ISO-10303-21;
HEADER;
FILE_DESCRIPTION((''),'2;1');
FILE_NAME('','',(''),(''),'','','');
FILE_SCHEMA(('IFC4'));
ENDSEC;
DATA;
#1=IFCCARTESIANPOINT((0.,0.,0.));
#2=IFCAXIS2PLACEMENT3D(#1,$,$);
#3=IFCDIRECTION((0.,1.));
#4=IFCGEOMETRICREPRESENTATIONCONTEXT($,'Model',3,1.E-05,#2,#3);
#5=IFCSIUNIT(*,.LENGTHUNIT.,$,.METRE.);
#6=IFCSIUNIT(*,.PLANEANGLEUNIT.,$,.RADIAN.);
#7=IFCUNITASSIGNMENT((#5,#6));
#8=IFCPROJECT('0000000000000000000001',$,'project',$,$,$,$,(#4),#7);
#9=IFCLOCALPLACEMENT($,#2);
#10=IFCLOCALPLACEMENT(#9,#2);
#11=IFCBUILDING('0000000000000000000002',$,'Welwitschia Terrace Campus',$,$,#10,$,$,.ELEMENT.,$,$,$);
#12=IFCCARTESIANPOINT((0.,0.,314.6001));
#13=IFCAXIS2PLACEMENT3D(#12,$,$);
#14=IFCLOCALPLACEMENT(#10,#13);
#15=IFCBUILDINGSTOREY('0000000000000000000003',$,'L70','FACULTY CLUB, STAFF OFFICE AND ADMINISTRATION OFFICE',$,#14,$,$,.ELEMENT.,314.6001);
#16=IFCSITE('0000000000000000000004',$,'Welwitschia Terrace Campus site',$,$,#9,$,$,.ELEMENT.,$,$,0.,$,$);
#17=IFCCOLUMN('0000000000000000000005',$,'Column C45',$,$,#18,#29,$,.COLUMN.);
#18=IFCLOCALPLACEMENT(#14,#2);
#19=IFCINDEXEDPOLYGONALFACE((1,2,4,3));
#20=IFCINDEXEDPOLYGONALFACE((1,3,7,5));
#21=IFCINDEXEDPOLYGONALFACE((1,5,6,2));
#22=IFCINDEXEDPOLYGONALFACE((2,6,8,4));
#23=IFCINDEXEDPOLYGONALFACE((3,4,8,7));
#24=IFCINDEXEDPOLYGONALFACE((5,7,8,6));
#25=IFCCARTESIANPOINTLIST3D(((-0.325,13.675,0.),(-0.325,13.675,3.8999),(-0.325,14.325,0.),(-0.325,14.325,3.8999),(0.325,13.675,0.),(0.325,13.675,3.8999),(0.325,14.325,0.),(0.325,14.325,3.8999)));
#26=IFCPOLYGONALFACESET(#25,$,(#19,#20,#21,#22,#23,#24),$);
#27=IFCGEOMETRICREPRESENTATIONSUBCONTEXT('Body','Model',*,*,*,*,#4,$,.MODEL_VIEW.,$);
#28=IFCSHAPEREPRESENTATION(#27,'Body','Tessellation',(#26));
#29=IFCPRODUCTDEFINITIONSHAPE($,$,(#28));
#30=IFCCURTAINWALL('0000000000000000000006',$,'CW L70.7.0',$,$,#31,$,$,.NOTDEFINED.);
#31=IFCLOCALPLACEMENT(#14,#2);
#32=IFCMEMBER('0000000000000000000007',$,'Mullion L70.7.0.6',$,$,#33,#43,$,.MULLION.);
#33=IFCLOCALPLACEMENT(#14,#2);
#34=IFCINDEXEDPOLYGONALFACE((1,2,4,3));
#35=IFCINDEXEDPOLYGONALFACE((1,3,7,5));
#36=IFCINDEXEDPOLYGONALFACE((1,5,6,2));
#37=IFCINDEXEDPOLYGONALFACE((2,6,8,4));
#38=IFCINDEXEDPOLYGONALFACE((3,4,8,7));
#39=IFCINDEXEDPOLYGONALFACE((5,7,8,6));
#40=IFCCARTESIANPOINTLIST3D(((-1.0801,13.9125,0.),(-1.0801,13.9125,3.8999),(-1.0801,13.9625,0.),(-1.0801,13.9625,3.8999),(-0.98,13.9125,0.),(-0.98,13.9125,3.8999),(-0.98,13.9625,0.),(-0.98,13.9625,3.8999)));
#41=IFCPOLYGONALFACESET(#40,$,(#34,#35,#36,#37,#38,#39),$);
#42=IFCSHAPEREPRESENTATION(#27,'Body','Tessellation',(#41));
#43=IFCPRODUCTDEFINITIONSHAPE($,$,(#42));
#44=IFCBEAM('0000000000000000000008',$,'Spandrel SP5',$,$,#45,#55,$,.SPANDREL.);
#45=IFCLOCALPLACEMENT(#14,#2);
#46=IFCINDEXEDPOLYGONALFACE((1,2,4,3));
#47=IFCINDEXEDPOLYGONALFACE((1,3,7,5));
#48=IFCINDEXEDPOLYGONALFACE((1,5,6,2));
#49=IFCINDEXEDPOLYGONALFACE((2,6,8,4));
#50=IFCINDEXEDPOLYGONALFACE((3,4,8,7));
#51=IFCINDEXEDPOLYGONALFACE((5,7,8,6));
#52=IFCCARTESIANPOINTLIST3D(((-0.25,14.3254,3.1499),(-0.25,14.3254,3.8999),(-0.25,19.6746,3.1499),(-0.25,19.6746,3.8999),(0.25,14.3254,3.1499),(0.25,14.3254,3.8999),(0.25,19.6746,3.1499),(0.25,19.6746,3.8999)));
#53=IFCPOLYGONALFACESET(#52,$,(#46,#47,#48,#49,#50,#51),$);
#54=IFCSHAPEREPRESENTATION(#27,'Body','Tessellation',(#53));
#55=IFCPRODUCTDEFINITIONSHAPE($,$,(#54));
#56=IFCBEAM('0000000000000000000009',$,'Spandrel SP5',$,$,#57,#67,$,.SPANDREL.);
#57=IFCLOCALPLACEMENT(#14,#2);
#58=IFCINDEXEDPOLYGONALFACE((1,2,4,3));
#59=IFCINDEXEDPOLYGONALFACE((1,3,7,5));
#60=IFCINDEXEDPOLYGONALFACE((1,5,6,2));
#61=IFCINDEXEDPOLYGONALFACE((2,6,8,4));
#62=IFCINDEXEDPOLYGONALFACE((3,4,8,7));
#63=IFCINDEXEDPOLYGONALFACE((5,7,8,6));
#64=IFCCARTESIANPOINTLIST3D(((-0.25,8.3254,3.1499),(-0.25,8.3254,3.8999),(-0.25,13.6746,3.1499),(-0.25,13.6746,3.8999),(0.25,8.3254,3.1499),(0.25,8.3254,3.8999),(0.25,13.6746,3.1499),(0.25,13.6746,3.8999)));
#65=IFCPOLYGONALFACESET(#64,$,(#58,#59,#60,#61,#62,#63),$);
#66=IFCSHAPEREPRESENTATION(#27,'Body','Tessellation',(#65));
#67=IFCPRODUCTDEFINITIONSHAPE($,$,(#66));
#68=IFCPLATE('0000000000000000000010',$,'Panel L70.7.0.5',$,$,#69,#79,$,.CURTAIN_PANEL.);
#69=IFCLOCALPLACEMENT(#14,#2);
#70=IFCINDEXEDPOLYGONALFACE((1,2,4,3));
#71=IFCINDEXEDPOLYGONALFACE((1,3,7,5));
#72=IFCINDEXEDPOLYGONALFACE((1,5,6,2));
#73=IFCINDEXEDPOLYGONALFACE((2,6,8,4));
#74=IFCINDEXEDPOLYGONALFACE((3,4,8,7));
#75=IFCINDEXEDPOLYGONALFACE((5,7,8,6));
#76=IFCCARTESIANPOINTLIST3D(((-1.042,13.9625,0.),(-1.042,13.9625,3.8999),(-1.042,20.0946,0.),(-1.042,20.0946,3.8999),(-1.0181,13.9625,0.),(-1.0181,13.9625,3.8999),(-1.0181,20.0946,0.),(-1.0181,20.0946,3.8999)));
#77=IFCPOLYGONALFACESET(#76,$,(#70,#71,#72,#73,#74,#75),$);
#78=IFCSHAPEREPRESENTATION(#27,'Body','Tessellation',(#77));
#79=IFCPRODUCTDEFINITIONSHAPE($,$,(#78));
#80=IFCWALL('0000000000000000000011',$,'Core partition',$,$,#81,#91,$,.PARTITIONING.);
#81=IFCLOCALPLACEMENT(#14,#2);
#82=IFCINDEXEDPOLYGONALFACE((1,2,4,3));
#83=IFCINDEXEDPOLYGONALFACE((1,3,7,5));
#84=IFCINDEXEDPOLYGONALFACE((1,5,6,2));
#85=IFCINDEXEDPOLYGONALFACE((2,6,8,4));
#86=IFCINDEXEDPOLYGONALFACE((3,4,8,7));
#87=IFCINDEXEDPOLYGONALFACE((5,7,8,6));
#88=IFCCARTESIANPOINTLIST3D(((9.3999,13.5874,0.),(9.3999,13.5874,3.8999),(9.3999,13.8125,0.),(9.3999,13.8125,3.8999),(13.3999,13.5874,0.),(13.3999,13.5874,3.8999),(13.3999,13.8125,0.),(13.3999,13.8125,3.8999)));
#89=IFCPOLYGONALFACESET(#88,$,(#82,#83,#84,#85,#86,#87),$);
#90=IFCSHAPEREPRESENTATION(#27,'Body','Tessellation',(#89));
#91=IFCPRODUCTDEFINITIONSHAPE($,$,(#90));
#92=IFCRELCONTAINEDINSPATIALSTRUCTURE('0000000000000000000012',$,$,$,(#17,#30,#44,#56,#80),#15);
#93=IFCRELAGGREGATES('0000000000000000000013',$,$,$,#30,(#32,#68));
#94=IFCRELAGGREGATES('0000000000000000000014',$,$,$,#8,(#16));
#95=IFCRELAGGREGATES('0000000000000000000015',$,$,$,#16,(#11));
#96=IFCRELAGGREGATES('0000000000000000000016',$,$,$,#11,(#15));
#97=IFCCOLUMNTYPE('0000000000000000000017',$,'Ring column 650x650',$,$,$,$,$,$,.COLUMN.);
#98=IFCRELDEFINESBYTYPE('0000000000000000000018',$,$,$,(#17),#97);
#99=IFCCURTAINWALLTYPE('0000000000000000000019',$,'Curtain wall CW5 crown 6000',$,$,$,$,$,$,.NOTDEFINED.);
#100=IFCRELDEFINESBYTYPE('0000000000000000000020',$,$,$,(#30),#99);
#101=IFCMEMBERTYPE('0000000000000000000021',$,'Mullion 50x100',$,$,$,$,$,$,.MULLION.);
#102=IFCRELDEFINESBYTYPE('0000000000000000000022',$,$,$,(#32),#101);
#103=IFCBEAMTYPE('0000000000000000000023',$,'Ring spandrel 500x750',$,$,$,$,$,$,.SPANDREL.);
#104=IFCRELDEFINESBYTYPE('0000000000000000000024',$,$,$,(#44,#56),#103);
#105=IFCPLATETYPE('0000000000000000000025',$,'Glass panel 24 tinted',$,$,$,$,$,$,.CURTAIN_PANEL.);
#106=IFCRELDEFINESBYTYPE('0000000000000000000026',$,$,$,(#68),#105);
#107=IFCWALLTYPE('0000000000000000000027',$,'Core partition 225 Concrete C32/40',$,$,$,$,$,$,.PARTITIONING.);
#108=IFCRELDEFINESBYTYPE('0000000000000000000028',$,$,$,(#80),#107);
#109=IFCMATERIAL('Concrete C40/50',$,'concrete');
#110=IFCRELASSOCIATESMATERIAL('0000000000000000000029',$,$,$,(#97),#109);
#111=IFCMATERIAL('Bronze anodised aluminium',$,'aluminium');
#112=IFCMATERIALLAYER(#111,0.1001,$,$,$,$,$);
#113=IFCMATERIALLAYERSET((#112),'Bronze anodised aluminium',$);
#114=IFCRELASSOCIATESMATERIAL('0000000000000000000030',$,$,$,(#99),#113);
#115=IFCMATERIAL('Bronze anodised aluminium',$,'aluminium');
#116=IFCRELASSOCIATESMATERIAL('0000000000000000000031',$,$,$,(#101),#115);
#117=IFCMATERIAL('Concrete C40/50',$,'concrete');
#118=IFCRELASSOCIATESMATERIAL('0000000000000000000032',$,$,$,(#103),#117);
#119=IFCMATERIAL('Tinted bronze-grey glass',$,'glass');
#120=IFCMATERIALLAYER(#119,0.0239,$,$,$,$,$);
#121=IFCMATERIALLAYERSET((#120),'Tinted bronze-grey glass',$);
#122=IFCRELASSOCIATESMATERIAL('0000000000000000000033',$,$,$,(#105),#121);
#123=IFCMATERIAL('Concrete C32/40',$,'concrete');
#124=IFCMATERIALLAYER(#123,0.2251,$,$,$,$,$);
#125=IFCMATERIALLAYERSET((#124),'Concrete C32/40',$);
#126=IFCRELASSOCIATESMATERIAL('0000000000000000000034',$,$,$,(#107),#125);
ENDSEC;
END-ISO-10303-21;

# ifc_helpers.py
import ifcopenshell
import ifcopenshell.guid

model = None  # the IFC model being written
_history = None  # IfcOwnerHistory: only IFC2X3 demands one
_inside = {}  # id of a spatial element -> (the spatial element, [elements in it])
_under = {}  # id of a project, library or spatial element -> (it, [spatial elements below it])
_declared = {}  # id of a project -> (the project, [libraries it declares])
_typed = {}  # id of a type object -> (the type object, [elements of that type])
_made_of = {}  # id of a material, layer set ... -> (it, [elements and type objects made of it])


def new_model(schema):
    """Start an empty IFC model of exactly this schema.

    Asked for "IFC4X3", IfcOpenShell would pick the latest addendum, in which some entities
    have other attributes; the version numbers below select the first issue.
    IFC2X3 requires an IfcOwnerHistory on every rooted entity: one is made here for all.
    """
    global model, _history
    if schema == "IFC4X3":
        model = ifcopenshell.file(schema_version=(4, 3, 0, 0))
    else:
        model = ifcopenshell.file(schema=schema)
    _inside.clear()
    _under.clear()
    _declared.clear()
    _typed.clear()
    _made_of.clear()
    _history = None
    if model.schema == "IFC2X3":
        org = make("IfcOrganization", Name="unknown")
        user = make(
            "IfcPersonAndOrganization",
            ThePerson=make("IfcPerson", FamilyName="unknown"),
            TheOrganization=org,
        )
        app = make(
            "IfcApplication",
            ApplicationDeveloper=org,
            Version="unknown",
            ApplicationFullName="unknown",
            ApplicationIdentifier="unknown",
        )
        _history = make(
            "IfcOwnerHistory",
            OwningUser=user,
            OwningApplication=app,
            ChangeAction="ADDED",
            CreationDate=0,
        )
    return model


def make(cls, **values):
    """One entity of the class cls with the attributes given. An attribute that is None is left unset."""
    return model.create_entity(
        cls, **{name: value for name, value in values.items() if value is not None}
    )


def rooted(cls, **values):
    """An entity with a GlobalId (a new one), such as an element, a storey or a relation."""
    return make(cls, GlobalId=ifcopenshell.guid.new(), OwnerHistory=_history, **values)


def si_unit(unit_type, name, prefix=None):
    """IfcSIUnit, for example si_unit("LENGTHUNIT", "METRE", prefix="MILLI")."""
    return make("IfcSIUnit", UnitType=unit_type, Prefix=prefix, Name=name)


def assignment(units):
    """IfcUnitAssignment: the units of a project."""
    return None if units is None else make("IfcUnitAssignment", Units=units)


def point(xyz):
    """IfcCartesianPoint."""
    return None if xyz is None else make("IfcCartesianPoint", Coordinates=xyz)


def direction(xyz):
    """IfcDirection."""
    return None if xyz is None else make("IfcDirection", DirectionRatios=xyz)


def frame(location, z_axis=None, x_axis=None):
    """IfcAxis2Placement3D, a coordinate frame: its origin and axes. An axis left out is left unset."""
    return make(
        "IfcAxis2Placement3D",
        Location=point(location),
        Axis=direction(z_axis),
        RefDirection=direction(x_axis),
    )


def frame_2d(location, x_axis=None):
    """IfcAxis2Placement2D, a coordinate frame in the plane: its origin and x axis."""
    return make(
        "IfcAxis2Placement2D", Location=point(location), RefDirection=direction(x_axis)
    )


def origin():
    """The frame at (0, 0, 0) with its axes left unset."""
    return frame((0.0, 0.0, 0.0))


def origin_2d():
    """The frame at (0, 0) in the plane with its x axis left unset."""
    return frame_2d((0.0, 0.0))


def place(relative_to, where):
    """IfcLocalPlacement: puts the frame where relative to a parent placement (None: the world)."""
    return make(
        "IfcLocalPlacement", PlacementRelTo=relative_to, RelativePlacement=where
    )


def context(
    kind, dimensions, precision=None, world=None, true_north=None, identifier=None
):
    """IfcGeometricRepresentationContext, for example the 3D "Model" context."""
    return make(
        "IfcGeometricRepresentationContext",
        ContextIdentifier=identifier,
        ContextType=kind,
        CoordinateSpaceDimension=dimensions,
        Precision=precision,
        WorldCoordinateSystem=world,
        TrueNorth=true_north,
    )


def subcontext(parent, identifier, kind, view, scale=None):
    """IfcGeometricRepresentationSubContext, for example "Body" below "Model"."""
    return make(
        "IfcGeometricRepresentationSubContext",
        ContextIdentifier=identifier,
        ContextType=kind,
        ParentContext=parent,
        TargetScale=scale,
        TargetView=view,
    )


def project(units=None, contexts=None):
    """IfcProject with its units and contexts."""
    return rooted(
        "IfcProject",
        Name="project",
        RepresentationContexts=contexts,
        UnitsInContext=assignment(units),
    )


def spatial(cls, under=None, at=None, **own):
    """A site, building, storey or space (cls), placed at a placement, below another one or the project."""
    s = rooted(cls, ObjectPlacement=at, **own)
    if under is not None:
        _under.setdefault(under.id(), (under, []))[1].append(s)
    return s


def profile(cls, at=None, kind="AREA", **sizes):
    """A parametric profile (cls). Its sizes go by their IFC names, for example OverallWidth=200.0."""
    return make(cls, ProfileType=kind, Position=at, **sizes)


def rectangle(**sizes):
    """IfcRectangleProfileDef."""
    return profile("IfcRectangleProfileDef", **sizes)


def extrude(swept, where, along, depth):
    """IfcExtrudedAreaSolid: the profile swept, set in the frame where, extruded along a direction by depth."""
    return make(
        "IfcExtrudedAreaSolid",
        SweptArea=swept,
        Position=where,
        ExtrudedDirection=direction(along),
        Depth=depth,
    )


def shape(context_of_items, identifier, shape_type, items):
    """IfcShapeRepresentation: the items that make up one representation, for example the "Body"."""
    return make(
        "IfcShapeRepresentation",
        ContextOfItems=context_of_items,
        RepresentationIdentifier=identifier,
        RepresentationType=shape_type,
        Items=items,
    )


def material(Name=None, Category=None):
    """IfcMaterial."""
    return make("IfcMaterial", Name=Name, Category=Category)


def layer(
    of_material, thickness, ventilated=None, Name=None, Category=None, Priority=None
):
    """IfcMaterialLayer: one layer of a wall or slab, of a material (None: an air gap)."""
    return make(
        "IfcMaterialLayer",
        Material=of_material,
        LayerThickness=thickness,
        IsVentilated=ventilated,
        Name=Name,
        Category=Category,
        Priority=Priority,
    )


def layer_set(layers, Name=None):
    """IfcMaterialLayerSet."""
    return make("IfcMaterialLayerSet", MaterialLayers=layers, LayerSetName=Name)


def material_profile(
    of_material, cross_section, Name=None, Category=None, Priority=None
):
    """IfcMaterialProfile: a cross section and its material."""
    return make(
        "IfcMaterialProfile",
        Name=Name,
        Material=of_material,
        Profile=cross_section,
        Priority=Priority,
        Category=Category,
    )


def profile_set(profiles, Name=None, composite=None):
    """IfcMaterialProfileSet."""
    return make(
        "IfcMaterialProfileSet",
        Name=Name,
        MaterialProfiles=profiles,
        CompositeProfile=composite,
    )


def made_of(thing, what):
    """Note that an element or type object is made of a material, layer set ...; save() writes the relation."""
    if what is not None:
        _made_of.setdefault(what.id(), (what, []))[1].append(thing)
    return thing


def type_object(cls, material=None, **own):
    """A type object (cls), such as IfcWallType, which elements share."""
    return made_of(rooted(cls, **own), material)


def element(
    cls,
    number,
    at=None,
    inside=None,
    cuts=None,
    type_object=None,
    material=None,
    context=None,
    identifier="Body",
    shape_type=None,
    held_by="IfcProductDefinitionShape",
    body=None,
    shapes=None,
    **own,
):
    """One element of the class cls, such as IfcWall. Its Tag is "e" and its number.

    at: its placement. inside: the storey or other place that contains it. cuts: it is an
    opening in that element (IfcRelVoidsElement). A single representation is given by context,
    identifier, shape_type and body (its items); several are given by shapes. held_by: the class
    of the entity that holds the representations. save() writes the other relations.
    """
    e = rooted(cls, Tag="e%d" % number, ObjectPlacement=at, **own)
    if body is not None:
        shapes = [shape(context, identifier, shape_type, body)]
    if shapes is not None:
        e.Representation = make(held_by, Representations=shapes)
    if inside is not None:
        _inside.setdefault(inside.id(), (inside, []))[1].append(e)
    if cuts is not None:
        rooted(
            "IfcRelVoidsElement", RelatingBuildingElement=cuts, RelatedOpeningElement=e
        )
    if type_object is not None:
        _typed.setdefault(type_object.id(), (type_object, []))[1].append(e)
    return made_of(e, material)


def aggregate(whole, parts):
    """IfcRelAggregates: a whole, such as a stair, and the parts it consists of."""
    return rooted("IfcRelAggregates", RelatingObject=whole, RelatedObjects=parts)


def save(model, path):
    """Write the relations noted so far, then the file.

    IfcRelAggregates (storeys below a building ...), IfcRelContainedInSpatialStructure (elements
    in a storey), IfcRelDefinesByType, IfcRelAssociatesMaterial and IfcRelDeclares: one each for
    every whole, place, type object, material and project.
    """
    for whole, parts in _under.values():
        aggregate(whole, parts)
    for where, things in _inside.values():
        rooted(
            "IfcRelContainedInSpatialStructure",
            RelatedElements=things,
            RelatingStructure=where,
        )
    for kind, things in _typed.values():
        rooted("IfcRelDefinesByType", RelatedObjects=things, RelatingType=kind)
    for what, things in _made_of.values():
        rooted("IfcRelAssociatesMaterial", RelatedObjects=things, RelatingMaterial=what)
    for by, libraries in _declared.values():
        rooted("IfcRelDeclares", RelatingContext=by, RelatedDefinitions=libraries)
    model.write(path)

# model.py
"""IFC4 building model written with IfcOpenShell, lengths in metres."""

from ifc_helpers import new_model, si_unit, direction, frame, frame_2d, origin, origin_2d, place, context, subcontext, project, spatial, rectangle, extrude, material, layer, layer_set, material_profile, profile_set, type_object, element, aggregate, save


model = new_model("IFC4")

# Units and contexts
model_context = context("Model", 3, precision=1e-05, world=origin(), true_north=direction((0.0, 1.0)))
body_context = subcontext(model_context, "Body", "Model", "MODEL_VIEW")
ifc_project = project(units=[si_unit("LENGTHUNIT", "METRE"), si_unit("PLANEANGLEUNIT", "RADIAN")], contexts=[model_context])

# Site, building, storey
site_placement = place(None, origin())
site = spatial("IfcSite", under=ifc_project, at=site_placement, Name="Welwitschia Terrace Campus site", CompositionType="ELEMENT", RefElevation=0.0)
building_placement = place(site_placement, origin())
building = spatial("IfcBuilding", under=site, at=building_placement, Name="Welwitschia Terrace Campus", CompositionType="ELEMENT")
storey_placement = place(building_placement, frame((0.0, 0.0, 314.6001)))
storey = spatial("IfcBuildingStorey", under=building, at=storey_placement, Name="L70", Description="FACULTY CLUB, STAFF OFFICE AND ADMINISTRATION OFFICE", CompositionType="ELEMENT", Elevation=314.6001)

# Column
ifc_material_1 = material(Name="Concrete C40/50", Category="concrete")
ifc_material_profile_1 = material_profile(ifc_material_1, rectangle(XDim=0.6499, YDim=0.6499, at=origin_2d()))
ifc_profile_set_1 = profile_set([ifc_material_profile_1], Name="Concrete C40/50")
column_type = type_object("IfcColumnType", Name="Ring column 650x650", PredefinedType="COLUMN", material=ifc_profile_set_1)
column_placement = place(storey_placement, frame((0.0, 14.0, 0.0), z_axis=(0.0, 0.0, 1.0), x_axis=(1.0, 0.0, 0.0)))
element("IfcColumn", 1, at=column_placement, inside=storey, type_object=column_type, Name="Column C45", PredefinedType="COLUMN", context=body_context, shape_type="SweptSolid", body=[
    extrude(rectangle(XDim=0.6499, YDim=0.6499, at=origin_2d()), origin(), (0.0, 0.0, 1.0), 3.8999),
])

# Curtain wall, member
ifc_material_2 = material(Name="Bronze anodised aluminium", Category="aluminium")
ifc_layer_1 = layer(ifc_material_2, 0.1001)
ifc_layer_set_1 = layer_set([ifc_layer_1], Name="Bronze anodised aluminium")
curtain_wall_type = type_object("IfcCurtainWallType", Name="Curtain wall CW5 crown 6000", PredefinedType="NOTDEFINED", material=ifc_layer_set_1)
curtain_wall_placement = place(storey_placement, origin())
curtain_wall = element("IfcCurtainWall", 2, at=curtain_wall_placement, inside=storey, type_object=curtain_wall_type, Name="CW L70.7.0", PredefinedType="NOTDEFINED")
ifc_material_3 = material(Name="Bronze anodised aluminium", Category="aluminium")
ifc_material_profile_2 = material_profile(ifc_material_3, rectangle(XDim=0.1001, YDim=0.05, at=origin_2d()))
ifc_profile_set_2 = profile_set([ifc_material_profile_2], Name="Bronze anodised aluminium")
member_type = type_object("IfcMemberType", Name="Mullion 50x100", PredefinedType="MULLION", material=ifc_profile_set_2)
member_placement = place(storey_placement, frame((-1.03, 13.9375, 0.0), z_axis=(0.0, 0.0, 1.0), x_axis=(1.0, 0.0, 0.0)))
member = element("IfcMember", 3, at=member_placement, type_object=member_type, Name="Mullion L70.7.0.6", PredefinedType="MULLION", context=body_context, shape_type="SweptSolid", body=[
    extrude(rectangle(XDim=0.1001, YDim=0.05, at=origin_2d()), origin(), (0.0, 0.0, 1.0), 3.8999),
])

# Beams
ifc_material_4 = material(Name="Concrete C40/50", Category="concrete")
ifc_material_profile_3 = material_profile(ifc_material_4, rectangle(XDim=0.5, YDim=0.75, at=origin_2d()))
ifc_profile_set_3 = profile_set([ifc_material_profile_3], Name="Concrete C40/50")
beam_type = type_object("IfcBeamType", Name="Ring spandrel 500x750", PredefinedType="SPANDREL", material=ifc_profile_set_3)
for number, where, z_axis, x_axis, name in (
    (4, (0.0, 19.6746, 3.5249), (0.0, -1.0, 0.0), (1.0, 0.0, 0.0), "Spandrel SP5"),
    (5, (0.0, 13.6746, 3.5249), (0.0, -1.0, 0.0), (1.0, 0.0, 0.0), "Spandrel SP5"),
):
    element("IfcBeam", number, at=place(storey_placement, frame(where, z_axis=z_axis, x_axis=x_axis)), inside=storey, type_object=beam_type, Name=name, PredefinedType="SPANDREL", context=body_context, shape_type="SweptSolid", body=[
        extrude(rectangle(XDim=0.5, YDim=0.75, at=origin_2d()), origin(), (0.0, 0.0, 1.0), 5.3491),
    ])

# Plate
ifc_material_5 = material(Name="Tinted bronze-grey glass", Category="glass")
ifc_layer_2 = layer(ifc_material_5, 0.0239)
ifc_layer_set_2 = layer_set([ifc_layer_2], Name="Tinted bronze-grey glass")
plate_type = type_object("IfcPlateType", Name="Glass panel 24 tinted", PredefinedType="CURTAIN_PANEL", material=ifc_layer_set_2)
plate_placement = place(storey_placement, frame((-1.03, 17.0286, 0.0), z_axis=(0.0, 0.0, 1.0), x_axis=(0.0, -1.0, 0.0)))
plate = element("IfcPlate", 6, at=plate_placement, type_object=plate_type, Name="Panel L70.7.0.5", PredefinedType="CURTAIN_PANEL", context=body_context, shape_type="SweptSolid", body=[
    extrude(rectangle(XDim=6.1321, YDim=0.0239, at=origin_2d()), origin(), (0.0, 0.0, 1.0), 3.8999),
])
aggregate(curtain_wall, [member, plate])

# Wall
ifc_material_6 = material(Name="Concrete C32/40", Category="concrete")
ifc_layer_3 = layer(ifc_material_6, 0.2251)
ifc_layer_set_3 = layer_set([ifc_layer_3], Name="Concrete C32/40")
wall_type_1 = type_object("IfcWallType", Name="Core partition 225 Concrete C32/40", PredefinedType="PARTITIONING", material=ifc_layer_set_3)
wall_1_placement = place(storey_placement, frame((9.3999, 13.7, 0.0), z_axis=(0.0, 0.0, 1.0), x_axis=(1.0, 0.0, 0.0)))
element("IfcWall", 7, at=wall_1_placement, inside=storey, type_object=wall_type_1, Name="Core partition", PredefinedType="PARTITIONING", context=body_context, shape_type="SweptSolid", body=[
    extrude(rectangle(XDim=4.0, YDim=0.2251, at=frame_2d((2.0, 0.0))), origin(), (0.0, 0.0, 1.0), 3.8999),
])

save(model, "model.ifc")
